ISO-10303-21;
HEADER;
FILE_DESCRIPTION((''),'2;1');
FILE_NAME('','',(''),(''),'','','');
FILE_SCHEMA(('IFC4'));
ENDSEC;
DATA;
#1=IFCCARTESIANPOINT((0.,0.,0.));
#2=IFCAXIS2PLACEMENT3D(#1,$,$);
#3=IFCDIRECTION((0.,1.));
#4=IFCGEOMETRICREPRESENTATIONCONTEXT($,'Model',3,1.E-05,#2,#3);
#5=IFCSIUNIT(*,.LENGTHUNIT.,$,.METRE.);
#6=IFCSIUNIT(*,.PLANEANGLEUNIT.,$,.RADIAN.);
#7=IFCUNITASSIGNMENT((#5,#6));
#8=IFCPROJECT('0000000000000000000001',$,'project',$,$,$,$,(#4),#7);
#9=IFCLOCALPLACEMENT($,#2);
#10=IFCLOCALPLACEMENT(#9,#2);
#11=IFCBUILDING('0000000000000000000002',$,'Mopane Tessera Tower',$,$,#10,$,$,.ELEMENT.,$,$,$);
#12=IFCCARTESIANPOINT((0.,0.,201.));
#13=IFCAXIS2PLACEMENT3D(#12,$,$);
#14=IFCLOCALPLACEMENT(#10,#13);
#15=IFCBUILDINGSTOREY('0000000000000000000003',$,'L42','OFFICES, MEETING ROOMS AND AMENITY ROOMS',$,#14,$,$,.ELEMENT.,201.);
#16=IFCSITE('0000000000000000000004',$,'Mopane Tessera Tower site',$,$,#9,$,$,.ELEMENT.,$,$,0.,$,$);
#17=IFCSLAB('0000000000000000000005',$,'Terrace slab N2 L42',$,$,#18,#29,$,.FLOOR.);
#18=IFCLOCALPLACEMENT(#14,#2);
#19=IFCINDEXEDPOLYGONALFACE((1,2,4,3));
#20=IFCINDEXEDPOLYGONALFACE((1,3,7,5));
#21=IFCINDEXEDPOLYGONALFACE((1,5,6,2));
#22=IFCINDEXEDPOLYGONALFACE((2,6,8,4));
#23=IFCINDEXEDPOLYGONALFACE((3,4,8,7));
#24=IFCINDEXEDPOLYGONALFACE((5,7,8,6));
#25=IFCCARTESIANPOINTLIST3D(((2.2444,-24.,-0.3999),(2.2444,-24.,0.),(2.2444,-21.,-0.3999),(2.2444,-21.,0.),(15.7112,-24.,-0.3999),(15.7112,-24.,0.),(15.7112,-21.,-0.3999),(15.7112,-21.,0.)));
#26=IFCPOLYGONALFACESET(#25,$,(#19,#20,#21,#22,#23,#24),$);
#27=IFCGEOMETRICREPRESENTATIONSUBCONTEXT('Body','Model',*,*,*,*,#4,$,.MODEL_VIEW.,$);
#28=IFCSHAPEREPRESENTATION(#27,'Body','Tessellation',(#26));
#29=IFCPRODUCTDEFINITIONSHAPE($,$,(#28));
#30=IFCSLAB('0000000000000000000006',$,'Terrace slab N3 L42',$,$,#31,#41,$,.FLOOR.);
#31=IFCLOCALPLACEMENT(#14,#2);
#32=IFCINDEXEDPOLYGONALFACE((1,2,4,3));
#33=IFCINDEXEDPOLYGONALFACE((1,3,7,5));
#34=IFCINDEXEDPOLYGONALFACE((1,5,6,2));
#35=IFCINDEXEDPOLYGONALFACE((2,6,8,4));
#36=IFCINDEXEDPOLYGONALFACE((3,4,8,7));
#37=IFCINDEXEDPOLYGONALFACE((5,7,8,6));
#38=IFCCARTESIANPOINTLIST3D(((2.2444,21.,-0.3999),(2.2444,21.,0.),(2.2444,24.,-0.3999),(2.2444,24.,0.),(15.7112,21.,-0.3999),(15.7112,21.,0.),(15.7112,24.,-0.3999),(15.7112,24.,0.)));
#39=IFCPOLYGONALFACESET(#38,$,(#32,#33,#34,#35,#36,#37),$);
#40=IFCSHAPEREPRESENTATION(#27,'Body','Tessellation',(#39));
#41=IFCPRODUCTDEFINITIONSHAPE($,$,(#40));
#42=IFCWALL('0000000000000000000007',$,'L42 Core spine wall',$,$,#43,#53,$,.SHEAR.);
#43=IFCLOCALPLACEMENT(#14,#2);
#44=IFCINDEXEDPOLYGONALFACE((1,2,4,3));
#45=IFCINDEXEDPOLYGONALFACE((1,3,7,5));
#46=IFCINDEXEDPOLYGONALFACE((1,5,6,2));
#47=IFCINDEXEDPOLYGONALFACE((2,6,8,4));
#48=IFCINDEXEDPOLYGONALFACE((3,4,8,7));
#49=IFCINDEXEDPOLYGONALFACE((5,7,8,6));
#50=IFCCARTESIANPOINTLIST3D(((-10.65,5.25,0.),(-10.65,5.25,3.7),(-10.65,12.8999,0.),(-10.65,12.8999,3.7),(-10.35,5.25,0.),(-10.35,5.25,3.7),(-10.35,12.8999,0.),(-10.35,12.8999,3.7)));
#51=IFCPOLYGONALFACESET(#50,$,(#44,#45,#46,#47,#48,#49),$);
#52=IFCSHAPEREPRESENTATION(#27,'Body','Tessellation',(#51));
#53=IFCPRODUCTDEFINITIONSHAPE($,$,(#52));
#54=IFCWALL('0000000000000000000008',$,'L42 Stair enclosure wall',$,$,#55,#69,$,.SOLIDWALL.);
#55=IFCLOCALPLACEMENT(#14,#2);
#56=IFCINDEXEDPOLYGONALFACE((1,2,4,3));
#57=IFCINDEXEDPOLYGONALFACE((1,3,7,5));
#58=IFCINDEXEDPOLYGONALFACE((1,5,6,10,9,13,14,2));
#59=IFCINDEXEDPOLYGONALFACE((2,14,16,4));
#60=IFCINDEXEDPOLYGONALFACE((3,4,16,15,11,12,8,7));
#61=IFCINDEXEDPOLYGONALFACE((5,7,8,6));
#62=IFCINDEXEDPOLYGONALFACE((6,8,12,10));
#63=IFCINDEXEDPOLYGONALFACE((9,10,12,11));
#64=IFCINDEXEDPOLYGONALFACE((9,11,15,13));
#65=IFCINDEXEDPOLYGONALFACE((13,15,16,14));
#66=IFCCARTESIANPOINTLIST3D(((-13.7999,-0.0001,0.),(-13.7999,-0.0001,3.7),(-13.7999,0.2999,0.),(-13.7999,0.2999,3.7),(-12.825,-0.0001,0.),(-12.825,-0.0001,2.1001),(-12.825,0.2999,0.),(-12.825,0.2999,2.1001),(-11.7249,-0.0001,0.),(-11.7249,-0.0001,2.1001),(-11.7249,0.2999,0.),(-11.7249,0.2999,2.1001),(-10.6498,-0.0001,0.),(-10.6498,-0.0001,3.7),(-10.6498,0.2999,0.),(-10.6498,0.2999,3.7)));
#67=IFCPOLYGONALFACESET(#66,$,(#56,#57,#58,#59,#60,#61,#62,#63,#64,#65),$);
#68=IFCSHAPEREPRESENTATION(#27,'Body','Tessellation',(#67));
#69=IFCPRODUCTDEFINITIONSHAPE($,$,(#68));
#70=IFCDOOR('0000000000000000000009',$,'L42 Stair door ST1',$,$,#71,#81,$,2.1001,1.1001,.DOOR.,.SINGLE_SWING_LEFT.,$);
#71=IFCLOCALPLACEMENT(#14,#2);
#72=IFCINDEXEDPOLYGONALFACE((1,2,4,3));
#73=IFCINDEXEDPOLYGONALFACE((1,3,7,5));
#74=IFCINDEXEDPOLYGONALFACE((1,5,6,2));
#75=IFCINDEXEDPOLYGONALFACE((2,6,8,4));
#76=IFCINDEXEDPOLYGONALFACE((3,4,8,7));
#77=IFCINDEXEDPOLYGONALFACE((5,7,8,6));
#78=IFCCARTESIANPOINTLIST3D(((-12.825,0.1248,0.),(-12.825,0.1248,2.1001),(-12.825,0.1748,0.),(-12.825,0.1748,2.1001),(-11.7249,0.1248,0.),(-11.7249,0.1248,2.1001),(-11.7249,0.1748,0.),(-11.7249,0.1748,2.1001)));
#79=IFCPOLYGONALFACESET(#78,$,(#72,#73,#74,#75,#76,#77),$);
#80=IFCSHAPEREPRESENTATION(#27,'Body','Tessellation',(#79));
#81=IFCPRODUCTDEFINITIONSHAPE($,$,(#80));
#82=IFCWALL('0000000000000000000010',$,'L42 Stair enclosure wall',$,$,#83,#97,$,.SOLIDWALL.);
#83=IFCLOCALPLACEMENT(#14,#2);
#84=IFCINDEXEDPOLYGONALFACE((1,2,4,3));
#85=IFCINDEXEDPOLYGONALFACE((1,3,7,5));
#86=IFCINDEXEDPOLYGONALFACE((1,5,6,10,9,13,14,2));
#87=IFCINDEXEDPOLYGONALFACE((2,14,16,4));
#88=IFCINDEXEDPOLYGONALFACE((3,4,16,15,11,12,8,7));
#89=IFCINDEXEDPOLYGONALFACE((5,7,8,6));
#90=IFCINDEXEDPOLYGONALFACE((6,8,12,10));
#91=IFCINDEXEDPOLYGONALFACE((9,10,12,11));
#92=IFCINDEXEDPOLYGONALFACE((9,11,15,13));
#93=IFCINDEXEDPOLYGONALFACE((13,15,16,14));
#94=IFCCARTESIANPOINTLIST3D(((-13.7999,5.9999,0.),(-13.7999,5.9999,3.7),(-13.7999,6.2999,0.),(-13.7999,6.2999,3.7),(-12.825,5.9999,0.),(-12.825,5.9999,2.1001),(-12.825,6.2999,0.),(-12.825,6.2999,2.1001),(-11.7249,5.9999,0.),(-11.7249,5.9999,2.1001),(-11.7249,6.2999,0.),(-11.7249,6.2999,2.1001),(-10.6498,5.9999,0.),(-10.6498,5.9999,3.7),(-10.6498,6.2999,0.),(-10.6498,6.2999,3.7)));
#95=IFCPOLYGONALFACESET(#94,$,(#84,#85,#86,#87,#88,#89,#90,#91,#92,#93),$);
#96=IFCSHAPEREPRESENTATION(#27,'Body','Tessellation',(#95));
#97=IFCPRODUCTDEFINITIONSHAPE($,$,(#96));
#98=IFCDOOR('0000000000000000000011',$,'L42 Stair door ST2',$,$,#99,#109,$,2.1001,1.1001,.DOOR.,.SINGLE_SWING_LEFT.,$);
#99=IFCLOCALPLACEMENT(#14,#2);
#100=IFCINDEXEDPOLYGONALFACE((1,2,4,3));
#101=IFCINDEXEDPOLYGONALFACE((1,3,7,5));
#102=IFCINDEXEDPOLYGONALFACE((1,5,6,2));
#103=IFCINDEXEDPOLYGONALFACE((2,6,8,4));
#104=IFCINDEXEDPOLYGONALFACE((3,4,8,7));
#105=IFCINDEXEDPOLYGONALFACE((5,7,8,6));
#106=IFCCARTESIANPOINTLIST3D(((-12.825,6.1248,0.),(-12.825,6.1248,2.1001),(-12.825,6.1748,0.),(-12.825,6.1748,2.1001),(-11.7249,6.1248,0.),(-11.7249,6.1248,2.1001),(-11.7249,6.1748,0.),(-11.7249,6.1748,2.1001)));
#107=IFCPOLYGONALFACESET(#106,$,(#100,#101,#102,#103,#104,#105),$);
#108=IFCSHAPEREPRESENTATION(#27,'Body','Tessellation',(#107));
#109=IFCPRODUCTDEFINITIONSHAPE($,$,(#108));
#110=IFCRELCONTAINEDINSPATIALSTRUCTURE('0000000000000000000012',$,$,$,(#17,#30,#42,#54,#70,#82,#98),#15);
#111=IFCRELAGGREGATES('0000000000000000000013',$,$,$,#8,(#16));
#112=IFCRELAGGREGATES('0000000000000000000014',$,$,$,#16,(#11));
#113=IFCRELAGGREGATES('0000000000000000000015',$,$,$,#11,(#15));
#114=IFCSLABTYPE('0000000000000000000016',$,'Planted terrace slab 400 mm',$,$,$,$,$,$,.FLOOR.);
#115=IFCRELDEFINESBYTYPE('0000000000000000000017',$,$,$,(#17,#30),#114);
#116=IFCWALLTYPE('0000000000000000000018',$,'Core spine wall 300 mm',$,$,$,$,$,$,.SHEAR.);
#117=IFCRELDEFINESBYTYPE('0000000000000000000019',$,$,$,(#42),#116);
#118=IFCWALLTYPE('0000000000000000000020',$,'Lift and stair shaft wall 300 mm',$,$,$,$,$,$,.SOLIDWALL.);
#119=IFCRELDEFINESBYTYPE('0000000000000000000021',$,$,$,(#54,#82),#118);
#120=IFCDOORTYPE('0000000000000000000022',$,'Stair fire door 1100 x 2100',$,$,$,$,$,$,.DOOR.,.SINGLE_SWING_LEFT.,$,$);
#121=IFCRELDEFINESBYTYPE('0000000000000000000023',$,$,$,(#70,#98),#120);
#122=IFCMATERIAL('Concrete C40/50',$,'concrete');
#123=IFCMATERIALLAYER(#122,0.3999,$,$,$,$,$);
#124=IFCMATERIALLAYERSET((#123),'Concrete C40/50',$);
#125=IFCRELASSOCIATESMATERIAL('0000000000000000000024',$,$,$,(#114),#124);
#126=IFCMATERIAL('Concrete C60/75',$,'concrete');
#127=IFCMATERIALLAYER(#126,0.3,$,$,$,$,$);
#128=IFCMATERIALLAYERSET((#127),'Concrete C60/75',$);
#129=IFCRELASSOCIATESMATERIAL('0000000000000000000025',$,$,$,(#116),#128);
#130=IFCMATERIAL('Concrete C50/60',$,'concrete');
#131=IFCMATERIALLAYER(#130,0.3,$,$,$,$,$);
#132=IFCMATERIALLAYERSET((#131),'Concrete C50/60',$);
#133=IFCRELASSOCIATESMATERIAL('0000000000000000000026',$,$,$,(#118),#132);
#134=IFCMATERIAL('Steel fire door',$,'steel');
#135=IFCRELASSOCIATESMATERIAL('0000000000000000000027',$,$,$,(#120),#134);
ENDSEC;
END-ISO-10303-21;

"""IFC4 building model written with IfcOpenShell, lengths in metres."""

from ifc_helpers import new_model, si_unit, direction, frame, frame_2d, origin, place, context, subcontext, project, spatial, polyline, rectangle, outline, extrude, material, layer, layer_set, type_object, element, fill, save


model = new_model("IFC4")

# Units and contexts
model_context = context("Model", 3, precision=1e-05, world=origin(), true_north=direction((0.0, 1.0)))
body_context = subcontext(model_context, "Body", "Model", "MODEL_VIEW")
ifc_project = project(units=[si_unit("LENGTHUNIT", "METRE"), si_unit("PLANEANGLEUNIT", "RADIAN")], contexts=[model_context])

# Site, building, storey
site_placement = place(None, origin())
site = spatial("IfcSite", under=ifc_project, at=site_placement, Name="Mopane Tessera Tower site", CompositionType="ELEMENT", RefElevation=0.0)
building_placement = place(site_placement, origin())
building = spatial("IfcBuilding", under=site, at=building_placement, Name="Mopane Tessera Tower", CompositionType="ELEMENT")
storey_placement = place(building_placement, frame((0.0, 0.0, 201.0)))
storey = spatial("IfcBuildingStorey", under=building, at=storey_placement, Name="L42", Description="OFFICES, MEETING ROOMS AND AMENITY ROOMS", CompositionType="ELEMENT", Elevation=201.0)

# Slabs
ifc_material_1 = material(Name="Concrete C40/50", Category="concrete")
ifc_layer_1 = layer(ifc_material_1, 0.3999)
ifc_layer_set_1 = layer_set([ifc_layer_1], Name="Concrete C40/50")
slab_type = type_object("IfcSlabType", Name="Planted terrace slab 400 mm", PredefinedType="FLOOR", material=ifc_layer_set_1)
slab_1_placement = place(storey_placement, frame((0.0, 0.0, -0.3999)))
element("IfcSlab", 1, at=slab_1_placement, inside=storey, type_object=slab_type, Name="Terrace slab N2 L42", PredefinedType="FLOOR", context=body_context, shape_type="SweptSolid", body=[
    extrude(outline(polyline([(15.7112, -24.0), (15.7112, -21.0), (2.2444, -21.0), (2.2444, -24.0), (15.7112, -24.0)])), origin(), (0.0, 0.0, 1.0), 0.3999),
])
slab_2_placement = place(storey_placement, frame((0.0, 0.0, -0.3999)))
element("IfcSlab", 2, at=slab_2_placement, inside=storey, type_object=slab_type, Name="Terrace slab N3 L42", PredefinedType="FLOOR", context=body_context, shape_type="SweptSolid", body=[
    extrude(outline(polyline([(2.2444, 24.0), (2.2444, 21.0), (15.7112, 21.0), (15.7112, 24.0), (2.2444, 24.0)])), origin(), (0.0, 0.0, 1.0), 0.3999),
])

# Wall
ifc_material_2 = material(Name="Concrete C60/75", Category="concrete")
ifc_layer_2 = layer(ifc_material_2, 0.3)
ifc_layer_set_2 = layer_set([ifc_layer_2], Name="Concrete C60/75")
wall_type_1 = type_object("IfcWallType", Name="Core spine wall 300 mm", PredefinedType="SHEAR", material=ifc_layer_set_2)
wall_1_placement = place(storey_placement, frame((-10.5, 5.25, 0.0), z_axis=(0.0, 0.0, 1.0), x_axis=(0.0, 1.0, 0.0)))
element("IfcWall", 3, at=wall_1_placement, inside=storey, type_object=wall_type_1, Name="L42 Core spine wall", PredefinedType="SHEAR", context=body_context, shape_type="SweptSolid", body=[
    extrude(rectangle(XDim=7.6499, YDim=0.3, at=frame_2d((3.825, 0.0))), origin(), (0.0, 0.0, 1.0), 3.7),
])

# Walls, openings, doors
ifc_material_3 = material(Name="Concrete C50/60", Category="concrete")
ifc_layer_3 = layer(ifc_material_3, 0.3)
ifc_layer_set_3 = layer_set([ifc_layer_3], Name="Concrete C50/60")
wall_type_2 = type_object("IfcWallType", Name="Lift and stair shaft wall 300 mm", PredefinedType="SOLIDWALL", material=ifc_layer_set_3)
wall_2_placement = place(storey_placement, frame((-13.8, 0.1499, 0.0), z_axis=(0.0, 0.0, 1.0), x_axis=(1.0, 0.0, 0.0)))
wall_2 = element("IfcWall", 4, at=wall_2_placement, inside=storey, type_object=wall_type_2, Name="L42 Stair enclosure wall", PredefinedType="SOLIDWALL", context=body_context, shape_type="SweptSolid", body=[
    extrude(rectangle(XDim=3.1501, YDim=0.3, at=frame_2d((1.5752, 0.0))), origin(), (0.0, 0.0, 1.0), 3.7),
])
opening_1_placement = place(wall_2_placement, frame((0.9751, 0.0, 0.0)))
opening_1 = element("IfcOpeningElement", 5, at=opening_1_placement, cuts=wall_2, PredefinedType="OPENING", context=body_context, shape_type="SweptSolid", body=[
    extrude(rectangle(XDim=1.1001, YDim=2.1001, at=frame_2d((0.55, 1.05))), frame((0.0, 0.1621, 0.0), z_axis=(0.0, -1.0, 0.0), x_axis=(1.0, 0.0, 0.0)), (0.0, 0.0, 1.0), 0.324),
])
ifc_material_4 = material(Name="Steel fire door", Category="steel")
door_type_1 = type_object("IfcDoorType", Name="Stair fire door 1100 x 2100", OperationType="SINGLE_SWING_LEFT", PredefinedType="DOOR", material=ifc_material_4)
door_1_placement = place(opening_1_placement, origin())
door_1 = element("IfcDoor", 6, at=door_1_placement, inside=storey, type_object=door_type_1, Name="L42 Stair door ST1", OperationType="SINGLE_SWING_LEFT", OverallHeight=2.1001, OverallWidth=1.1001, PredefinedType="DOOR", context=body_context, shape_type="SweptSolid", body=[
    extrude(rectangle(XDim=1.1001, YDim=2.1001, at=frame_2d((0.55, 1.05))), frame((0.0, 0.0249, 0.0), z_axis=(0.0, -1.0, 0.0), x_axis=(1.0, 0.0, 0.0)), (0.0, 0.0, 1.0), 0.05),
])
fill(opening_1, door_1)
wall_3_placement = place(storey_placement, frame((-13.8, 6.1499, 0.0), z_axis=(0.0, 0.0, 1.0), x_axis=(1.0, 0.0, 0.0)))
wall_3 = element("IfcWall", 7, at=wall_3_placement, inside=storey, type_object=wall_type_2, Name="L42 Stair enclosure wall", PredefinedType="SOLIDWALL", context=body_context, shape_type="SweptSolid", body=[
    extrude(rectangle(XDim=3.1501, YDim=0.3, at=frame_2d((1.5752, 0.0))), origin(), (0.0, 0.0, 1.0), 3.7),
])
opening_2_placement = place(wall_3_placement, frame((0.9751, 0.0, 0.0)))
opening_2 = element("IfcOpeningElement", 8, at=opening_2_placement, cuts=wall_3, PredefinedType="OPENING", context=body_context, shape_type="SweptSolid", body=[
    extrude(rectangle(XDim=1.1001, YDim=2.1001, at=frame_2d((0.55, 1.05))), frame((0.0, 0.1621, 0.0), z_axis=(0.0, -1.0, 0.0), x_axis=(1.0, 0.0, 0.0)), (0.0, 0.0, 1.0), 0.324),
])
door_2_placement = place(opening_2_placement, origin())
door_2 = element("IfcDoor", 9, at=door_2_placement, inside=storey, type_object=door_type_1, Name="L42 Stair door ST2", OperationType="SINGLE_SWING_LEFT", OverallHeight=2.1001, OverallWidth=1.1001, PredefinedType="DOOR", context=body_context, shape_type="SweptSolid", body=[
    extrude(rectangle(XDim=1.1001, YDim=2.1001, at=frame_2d((0.55, 1.05))), frame((0.0, 0.0249, 0.0), z_axis=(0.0, -1.0, 0.0), x_axis=(1.0, 0.0, 0.0)), (0.0, 0.0, 1.0), 0.05),
])
fill(opening_2, door_2)

save(model, "model.ifc")
